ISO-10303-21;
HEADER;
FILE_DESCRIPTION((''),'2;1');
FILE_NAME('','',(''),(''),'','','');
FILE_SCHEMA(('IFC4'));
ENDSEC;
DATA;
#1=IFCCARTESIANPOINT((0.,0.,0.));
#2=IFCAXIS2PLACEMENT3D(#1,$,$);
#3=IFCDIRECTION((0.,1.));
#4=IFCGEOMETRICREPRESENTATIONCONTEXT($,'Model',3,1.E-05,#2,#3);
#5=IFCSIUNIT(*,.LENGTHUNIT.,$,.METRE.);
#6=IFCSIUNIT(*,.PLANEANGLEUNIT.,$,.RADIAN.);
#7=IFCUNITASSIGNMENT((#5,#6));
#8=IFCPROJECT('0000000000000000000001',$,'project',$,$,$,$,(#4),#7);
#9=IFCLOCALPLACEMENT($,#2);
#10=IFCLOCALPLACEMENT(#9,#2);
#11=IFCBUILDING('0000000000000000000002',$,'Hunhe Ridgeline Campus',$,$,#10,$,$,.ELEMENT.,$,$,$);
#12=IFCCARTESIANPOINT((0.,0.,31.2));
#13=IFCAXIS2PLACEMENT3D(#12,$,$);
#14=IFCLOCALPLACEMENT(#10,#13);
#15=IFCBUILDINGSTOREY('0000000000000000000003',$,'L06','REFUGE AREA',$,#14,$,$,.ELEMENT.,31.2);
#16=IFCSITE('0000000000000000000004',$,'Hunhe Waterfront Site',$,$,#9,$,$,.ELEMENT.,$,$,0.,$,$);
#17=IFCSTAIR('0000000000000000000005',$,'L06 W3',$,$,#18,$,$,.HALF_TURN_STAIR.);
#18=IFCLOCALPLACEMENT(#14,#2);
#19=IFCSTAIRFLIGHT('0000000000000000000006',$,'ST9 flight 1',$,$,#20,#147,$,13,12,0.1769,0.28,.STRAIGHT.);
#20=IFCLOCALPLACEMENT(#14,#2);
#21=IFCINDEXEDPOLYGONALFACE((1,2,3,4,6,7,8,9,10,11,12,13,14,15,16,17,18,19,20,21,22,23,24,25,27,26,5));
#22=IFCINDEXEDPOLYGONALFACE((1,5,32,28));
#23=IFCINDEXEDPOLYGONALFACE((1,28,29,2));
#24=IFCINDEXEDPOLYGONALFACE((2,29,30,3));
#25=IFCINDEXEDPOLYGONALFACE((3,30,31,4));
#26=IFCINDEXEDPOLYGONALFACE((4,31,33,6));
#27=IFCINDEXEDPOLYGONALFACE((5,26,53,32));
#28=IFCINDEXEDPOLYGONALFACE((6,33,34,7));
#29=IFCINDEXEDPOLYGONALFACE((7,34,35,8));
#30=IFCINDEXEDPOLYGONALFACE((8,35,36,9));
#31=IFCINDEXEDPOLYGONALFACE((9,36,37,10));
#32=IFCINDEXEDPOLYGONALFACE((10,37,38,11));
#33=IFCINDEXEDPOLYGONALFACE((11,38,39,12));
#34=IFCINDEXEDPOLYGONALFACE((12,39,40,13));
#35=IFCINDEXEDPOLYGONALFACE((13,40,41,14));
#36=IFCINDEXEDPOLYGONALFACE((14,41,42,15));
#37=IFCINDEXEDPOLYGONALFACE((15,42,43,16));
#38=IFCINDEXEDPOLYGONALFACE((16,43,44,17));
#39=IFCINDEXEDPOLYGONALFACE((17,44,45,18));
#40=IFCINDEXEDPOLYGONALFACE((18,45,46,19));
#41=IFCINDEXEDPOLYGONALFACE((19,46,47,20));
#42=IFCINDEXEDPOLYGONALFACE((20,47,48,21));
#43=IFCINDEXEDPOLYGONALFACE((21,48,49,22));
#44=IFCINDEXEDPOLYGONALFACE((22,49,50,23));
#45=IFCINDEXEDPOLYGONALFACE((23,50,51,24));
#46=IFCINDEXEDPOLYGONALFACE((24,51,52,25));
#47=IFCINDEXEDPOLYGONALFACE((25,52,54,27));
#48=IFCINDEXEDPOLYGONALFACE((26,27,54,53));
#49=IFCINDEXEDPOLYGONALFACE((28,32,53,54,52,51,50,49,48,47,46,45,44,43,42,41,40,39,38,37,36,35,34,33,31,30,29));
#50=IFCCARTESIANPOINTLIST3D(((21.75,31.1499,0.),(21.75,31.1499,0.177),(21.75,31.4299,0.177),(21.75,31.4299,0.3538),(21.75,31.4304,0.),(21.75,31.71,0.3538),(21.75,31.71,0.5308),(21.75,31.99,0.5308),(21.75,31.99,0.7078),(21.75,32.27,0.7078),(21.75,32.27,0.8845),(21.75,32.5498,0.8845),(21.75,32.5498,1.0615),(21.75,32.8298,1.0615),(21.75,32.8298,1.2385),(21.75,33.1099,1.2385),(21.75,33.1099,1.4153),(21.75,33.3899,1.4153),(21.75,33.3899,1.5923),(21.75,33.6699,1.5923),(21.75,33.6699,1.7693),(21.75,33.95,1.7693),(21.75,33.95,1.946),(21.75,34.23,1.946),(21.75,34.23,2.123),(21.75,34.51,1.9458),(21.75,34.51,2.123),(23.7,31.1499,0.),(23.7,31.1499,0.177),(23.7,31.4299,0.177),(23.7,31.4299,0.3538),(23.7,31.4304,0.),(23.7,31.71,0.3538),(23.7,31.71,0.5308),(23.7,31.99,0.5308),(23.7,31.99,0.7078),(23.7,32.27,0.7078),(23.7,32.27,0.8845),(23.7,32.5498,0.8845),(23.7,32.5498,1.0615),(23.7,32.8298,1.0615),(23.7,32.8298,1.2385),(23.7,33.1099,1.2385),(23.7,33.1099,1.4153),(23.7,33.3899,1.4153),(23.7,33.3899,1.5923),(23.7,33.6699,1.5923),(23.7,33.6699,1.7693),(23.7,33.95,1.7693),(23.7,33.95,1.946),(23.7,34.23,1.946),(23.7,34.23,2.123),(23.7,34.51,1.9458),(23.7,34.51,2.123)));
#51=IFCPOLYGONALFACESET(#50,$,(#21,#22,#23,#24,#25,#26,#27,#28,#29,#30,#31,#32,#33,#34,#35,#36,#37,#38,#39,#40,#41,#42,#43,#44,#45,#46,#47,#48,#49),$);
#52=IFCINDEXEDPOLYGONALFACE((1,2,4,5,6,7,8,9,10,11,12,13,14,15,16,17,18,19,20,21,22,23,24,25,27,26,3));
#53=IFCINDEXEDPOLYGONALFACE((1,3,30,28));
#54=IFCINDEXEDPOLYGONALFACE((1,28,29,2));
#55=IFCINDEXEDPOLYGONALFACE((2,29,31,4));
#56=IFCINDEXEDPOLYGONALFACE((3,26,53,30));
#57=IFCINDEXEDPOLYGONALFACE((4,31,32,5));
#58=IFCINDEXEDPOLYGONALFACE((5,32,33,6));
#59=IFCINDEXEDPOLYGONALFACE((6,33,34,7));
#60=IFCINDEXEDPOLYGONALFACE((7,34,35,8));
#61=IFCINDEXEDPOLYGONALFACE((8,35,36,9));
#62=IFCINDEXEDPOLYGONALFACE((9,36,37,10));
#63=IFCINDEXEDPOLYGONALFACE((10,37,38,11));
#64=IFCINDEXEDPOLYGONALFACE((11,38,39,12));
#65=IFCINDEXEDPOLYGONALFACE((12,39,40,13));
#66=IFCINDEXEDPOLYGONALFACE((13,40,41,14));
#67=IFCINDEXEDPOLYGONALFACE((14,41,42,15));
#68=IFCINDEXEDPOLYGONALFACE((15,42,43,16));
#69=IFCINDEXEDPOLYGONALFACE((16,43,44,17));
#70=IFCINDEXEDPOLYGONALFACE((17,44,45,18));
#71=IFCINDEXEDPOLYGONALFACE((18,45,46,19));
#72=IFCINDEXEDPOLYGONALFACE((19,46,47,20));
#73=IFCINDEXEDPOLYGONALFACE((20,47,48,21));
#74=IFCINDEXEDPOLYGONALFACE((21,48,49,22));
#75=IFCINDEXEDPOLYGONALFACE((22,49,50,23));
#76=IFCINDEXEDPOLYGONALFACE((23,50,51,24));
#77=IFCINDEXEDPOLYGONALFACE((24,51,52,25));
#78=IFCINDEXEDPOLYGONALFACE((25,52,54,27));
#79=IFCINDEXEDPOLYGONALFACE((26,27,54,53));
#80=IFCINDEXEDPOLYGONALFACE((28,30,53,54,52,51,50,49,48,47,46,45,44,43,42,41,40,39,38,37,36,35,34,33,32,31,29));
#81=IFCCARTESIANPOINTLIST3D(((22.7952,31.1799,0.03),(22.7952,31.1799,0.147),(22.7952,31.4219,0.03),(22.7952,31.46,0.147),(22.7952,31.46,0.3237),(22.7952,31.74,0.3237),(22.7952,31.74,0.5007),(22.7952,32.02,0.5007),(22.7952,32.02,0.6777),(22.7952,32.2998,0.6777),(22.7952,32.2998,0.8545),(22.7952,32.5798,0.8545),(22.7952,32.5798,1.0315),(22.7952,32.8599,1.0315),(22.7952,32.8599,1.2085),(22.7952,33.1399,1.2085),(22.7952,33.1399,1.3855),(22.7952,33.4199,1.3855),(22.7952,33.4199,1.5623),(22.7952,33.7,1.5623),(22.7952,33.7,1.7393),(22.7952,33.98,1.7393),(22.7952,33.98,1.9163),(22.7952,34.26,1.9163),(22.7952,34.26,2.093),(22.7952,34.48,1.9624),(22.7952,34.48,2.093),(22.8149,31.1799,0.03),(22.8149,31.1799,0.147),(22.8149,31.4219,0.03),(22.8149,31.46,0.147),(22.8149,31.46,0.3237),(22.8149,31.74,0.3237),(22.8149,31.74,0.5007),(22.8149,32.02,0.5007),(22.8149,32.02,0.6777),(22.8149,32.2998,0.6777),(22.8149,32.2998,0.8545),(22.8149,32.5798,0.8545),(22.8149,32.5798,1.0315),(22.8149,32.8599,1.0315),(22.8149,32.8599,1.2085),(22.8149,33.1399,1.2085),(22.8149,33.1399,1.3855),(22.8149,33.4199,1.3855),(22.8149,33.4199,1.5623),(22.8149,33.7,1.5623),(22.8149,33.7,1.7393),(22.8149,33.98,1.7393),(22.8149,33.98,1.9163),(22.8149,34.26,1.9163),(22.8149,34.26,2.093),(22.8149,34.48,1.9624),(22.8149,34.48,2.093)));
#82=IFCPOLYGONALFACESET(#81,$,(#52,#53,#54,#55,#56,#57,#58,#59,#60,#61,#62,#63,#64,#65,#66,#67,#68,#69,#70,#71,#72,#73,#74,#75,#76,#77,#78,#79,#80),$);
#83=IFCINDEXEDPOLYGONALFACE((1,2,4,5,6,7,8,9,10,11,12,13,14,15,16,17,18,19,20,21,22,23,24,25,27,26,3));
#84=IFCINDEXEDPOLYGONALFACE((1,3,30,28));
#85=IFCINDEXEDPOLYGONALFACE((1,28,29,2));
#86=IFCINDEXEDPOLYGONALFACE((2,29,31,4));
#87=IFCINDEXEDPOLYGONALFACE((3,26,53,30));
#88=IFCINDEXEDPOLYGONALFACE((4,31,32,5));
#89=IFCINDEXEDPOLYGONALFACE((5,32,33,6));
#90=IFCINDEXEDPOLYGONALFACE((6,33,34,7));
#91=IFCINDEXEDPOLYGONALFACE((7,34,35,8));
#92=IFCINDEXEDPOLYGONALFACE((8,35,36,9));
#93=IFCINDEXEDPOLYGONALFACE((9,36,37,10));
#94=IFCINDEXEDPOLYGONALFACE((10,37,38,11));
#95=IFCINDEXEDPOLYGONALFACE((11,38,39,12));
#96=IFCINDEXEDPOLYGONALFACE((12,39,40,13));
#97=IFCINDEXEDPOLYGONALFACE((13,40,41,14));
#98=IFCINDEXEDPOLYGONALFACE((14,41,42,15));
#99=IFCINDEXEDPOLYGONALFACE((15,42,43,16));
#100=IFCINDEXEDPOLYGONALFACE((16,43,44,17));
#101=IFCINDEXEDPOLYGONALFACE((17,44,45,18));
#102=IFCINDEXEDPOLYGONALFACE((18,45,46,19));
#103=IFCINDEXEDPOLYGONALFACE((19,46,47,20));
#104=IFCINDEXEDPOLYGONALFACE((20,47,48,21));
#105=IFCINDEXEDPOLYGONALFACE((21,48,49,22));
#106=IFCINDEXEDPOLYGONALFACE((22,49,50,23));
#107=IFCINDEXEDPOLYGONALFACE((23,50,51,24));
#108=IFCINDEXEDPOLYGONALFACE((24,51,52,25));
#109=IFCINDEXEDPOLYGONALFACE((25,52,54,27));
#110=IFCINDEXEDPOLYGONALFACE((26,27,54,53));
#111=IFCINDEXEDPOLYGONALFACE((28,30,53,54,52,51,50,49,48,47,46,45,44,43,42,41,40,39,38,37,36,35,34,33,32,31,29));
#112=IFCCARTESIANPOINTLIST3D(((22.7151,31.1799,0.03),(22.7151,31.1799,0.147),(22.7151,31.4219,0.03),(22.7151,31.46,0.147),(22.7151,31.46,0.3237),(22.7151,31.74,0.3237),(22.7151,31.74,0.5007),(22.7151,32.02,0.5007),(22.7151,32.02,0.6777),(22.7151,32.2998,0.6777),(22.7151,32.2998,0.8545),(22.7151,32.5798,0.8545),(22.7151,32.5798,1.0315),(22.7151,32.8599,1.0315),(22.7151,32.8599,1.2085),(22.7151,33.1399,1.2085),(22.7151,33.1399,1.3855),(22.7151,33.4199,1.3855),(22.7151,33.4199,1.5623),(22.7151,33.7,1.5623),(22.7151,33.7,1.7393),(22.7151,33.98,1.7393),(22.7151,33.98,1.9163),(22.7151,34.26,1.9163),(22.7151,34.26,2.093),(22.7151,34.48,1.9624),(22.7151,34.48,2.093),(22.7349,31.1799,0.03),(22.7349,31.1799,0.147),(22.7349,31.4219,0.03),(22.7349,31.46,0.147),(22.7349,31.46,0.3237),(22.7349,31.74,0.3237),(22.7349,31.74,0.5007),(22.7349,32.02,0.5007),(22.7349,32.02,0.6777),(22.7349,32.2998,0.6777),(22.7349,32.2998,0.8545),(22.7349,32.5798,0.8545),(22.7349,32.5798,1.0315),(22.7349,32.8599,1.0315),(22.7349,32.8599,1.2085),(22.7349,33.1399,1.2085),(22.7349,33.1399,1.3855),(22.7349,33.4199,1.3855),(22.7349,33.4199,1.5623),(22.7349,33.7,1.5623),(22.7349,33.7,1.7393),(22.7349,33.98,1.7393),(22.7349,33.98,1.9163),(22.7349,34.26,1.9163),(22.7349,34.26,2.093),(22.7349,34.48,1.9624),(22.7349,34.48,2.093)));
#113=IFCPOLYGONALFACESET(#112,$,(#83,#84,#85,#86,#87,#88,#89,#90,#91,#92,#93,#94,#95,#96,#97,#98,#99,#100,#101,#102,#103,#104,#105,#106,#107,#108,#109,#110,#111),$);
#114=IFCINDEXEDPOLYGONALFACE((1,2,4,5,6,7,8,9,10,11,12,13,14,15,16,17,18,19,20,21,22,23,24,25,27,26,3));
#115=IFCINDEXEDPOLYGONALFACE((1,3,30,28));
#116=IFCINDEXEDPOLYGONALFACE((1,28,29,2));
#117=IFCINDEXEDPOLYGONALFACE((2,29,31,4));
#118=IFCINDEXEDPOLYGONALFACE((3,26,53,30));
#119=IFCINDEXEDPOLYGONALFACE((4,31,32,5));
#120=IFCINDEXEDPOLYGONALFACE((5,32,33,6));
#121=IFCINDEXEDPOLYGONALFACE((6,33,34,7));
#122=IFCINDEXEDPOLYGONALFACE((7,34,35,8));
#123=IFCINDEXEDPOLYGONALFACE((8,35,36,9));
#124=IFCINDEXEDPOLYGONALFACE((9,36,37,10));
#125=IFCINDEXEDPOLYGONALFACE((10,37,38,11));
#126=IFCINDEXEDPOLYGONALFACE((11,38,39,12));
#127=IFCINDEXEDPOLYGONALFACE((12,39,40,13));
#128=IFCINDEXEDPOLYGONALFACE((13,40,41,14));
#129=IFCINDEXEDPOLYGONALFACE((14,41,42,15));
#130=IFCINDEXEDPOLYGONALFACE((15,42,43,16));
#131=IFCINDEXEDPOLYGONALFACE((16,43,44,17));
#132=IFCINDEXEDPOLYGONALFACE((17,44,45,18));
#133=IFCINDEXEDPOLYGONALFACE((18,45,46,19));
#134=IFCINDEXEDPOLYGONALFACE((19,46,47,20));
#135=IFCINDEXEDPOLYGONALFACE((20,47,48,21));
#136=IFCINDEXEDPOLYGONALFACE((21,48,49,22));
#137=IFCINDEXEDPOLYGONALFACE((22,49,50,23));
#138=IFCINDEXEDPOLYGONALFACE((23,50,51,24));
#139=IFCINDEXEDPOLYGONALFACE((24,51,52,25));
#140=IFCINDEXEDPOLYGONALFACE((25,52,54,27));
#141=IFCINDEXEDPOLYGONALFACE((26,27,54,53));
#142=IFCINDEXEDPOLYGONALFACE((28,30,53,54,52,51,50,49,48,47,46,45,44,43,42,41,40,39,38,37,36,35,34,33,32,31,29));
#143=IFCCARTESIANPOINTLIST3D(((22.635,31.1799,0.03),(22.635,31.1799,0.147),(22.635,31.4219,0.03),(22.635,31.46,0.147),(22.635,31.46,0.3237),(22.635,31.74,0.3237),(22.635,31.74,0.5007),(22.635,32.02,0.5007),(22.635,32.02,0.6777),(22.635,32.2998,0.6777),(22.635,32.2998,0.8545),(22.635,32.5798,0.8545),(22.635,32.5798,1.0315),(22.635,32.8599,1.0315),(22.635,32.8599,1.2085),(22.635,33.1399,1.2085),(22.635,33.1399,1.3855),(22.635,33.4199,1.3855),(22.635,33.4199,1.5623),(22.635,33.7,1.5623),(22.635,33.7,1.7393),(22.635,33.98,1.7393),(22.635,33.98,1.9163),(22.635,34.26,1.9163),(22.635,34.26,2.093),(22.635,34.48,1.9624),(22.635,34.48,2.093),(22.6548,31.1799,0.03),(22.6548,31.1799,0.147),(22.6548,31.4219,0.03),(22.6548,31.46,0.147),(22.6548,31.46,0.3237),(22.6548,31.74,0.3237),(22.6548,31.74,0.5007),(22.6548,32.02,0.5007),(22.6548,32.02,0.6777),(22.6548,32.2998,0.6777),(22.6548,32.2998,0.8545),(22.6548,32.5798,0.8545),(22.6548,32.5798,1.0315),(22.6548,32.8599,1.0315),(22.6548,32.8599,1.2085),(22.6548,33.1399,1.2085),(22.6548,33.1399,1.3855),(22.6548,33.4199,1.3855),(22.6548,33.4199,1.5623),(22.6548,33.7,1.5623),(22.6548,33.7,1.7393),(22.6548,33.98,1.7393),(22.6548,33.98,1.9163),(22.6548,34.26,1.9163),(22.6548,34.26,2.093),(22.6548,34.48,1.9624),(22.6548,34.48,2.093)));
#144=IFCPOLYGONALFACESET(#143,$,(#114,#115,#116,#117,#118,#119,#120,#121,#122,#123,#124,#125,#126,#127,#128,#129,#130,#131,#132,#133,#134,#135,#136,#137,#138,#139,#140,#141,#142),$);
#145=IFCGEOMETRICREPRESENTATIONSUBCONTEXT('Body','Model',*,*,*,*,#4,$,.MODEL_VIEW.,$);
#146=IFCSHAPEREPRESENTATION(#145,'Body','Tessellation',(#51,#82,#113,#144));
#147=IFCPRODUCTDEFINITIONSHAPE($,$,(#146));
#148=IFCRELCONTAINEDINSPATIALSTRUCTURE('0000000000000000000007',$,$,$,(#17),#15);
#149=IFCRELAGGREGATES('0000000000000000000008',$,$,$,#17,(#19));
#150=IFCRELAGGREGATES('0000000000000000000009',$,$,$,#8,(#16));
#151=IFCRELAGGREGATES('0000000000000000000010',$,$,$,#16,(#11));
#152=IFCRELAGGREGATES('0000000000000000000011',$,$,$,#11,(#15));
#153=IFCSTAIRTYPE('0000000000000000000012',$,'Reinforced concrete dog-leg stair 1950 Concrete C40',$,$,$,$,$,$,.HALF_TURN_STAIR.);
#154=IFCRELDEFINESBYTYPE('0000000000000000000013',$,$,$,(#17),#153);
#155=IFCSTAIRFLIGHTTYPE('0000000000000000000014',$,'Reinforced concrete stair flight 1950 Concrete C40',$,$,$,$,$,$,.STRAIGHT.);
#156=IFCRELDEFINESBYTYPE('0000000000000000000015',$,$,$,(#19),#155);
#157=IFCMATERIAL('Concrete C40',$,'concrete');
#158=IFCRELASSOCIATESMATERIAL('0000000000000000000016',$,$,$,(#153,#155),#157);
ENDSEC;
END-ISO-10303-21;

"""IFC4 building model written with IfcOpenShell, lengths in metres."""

from ifc_helpers import new_model, si_unit, direction, frame, origin, place, context, subcontext, project, spatial, polyline, outline, extrude, material, type_object, element, aggregate, save


model = new_model("IFC4")

# Units and contexts
model_context = context("Model", 3, precision=1e-05, world=origin(), true_north=direction((0.0, 1.0)))
body_context = subcontext(model_context, "Body", "Model", "MODEL_VIEW")
ifc_project = project(units=[si_unit("LENGTHUNIT", "METRE"), si_unit("PLANEANGLEUNIT", "RADIAN")], contexts=[model_context])

# Site, building, storey
site_placement = place(None, origin())
site = spatial("IfcSite", under=ifc_project, at=site_placement, Name="Hunhe Waterfront Site", CompositionType="ELEMENT", RefElevation=0.0)
building_placement = place(site_placement, origin())
building = spatial("IfcBuilding", under=site, at=building_placement, Name="Hunhe Ridgeline Campus", CompositionType="ELEMENT")
storey_placement = place(building_placement, frame((0.0, 0.0, 31.2)))
storey = spatial("IfcBuildingStorey", under=building, at=storey_placement, Name="L06", Description="REFUGE AREA", CompositionType="ELEMENT", Elevation=31.2)

# Stair, stair flight
ifc_material_1 = material(Name="Concrete C40", Category="concrete")
stair_type = type_object("IfcStairType", Name="Reinforced concrete dog-leg stair 1950 Concrete C40", PredefinedType="HALF_TURN_STAIR", material=ifc_material_1)
stair_placement = place(storey_placement, origin())
stair = element("IfcStair", 1, at=stair_placement, inside=storey, type_object=stair_type, Name="L06 W3", PredefinedType="HALF_TURN_STAIR")
stair_flight_type = type_object("IfcStairFlightType", Name="Reinforced concrete stair flight 1950 Concrete C40", PredefinedType="STRAIGHT", material=ifc_material_1)
stair_flight_1_placement = place(storey_placement, frame((22.7251, 31.1499, 0.0), z_axis=(0.0, 0.0, 1.0), x_axis=(0.0, 1.0, 0.0)))
stair_flight_1 = element("IfcStairFlight", 2, at=stair_flight_1_placement, type_object=stair_flight_type, Name="ST9 flight 1", NumberOfRisers=13, NumberOfTreads=12, PredefinedType="STRAIGHT", RiserHeight=0.1769, TreadLength=0.28, context=body_context, shape_type="SweptSolid", body=[
    extrude(outline(polyline([(0.0, 0.0), (0.0, 0.177), (0.28, 0.177), (0.28, 0.3538), (0.5601, 0.3538), (0.5601, 0.5308), (0.8401, 0.5308), (0.8401, 0.7078), (1.1201, 0.7078), (1.1201, 0.8845), (1.3999, 0.8845), (1.3999, 1.0615), (1.6799, 1.0615), (1.6799, 1.2385), (1.96, 1.2385), (1.96, 1.4153), (2.24, 1.4153), (2.24, 1.5923), (2.52, 1.5923), (2.52, 1.7693), (2.8, 1.7693), (2.8, 1.946), (3.0801, 1.946), (3.0801, 2.123), (3.3601, 2.123), (3.3601, 2.3), (3.3601, 1.9458), (0.2805, 0.0), (0.0, 0.0)])), frame((0.0, 0.9751, 0.0), z_axis=(0.0, -1.0, 0.0), x_axis=(1.0, 0.0, 0.0)), (0.0, 0.0, 1.0), 1.95),
    extrude(outline(polyline([(0.03, 0.03), (0.03, 0.147), (0.3101, 0.147), (0.3101, 0.3237), (0.5901, 0.3237), (0.5901, 0.5007), (0.8701, 0.5007), (0.8701, 0.6777), (1.1499, 0.6777), (1.1499, 0.8545), (1.4299, 0.8545), (1.4299, 1.0315), (1.71, 1.0315), (1.71, 1.2085), (1.99, 1.2085), (1.99, 1.3855), (2.27, 1.3855), (2.27, 1.5623), (2.55, 1.5623), (2.55, 1.7393), (2.8301, 1.7393), (2.8301, 1.9163), (3.1101, 1.9163), (3.1101, 2.093), (3.3301, 2.093), (3.3301, 1.9624), (0.272, 0.03), (0.03, 0.03)])), frame((0.0, -0.0701, 0.0), z_axis=(0.0, -1.0, 0.0), x_axis=(1.0, 0.0, 0.0)), (0.0, 0.0, 1.0), 0.0198),
    extrude(outline(polyline([(0.03, 0.03), (0.03, 0.147), (0.3101, 0.147), (0.3101, 0.3237), (0.5901, 0.3237), (0.5901, 0.5007), (0.8701, 0.5007), (0.8701, 0.6777), (1.1499, 0.6777), (1.1499, 0.8545), (1.4299, 0.8545), (1.4299, 1.0315), (1.71, 1.0315), (1.71, 1.2085), (1.99, 1.2085), (1.99, 1.3855), (2.27, 1.3855), (2.27, 1.5623), (2.55, 1.5623), (2.55, 1.7393), (2.8301, 1.7393), (2.8301, 1.9163), (3.1101, 1.9163), (3.1101, 2.093), (3.3301, 2.093), (3.3301, 1.9624), (0.272, 0.03), (0.03, 0.03)])), frame((0.0, 0.01, 0.0), z_axis=(0.0, -1.0, 0.0), x_axis=(1.0, 0.0, 0.0)), (0.0, 0.0, 1.0), 0.0198),
    extrude(outline(polyline([(0.03, 0.03), (0.03, 0.147), (0.3101, 0.147), (0.3101, 0.3237), (0.5901, 0.3237), (0.5901, 0.5007), (0.8701, 0.5007), (0.8701, 0.6777), (1.1499, 0.6777), (1.1499, 0.8545), (1.4299, 0.8545), (1.4299, 1.0315), (1.71, 1.0315), (1.71, 1.2085), (1.99, 1.2085), (1.99, 1.3855), (2.27, 1.3855), (2.27, 1.5623), (2.55, 1.5623), (2.55, 1.7393), (2.8301, 1.7393), (2.8301, 1.9163), (3.1101, 1.9163), (3.1101, 2.093), (3.3301, 2.093), (3.3301, 1.9624), (0.272, 0.03), (0.03, 0.03)])), frame((0.0, 0.0901, 0.0), z_axis=(0.0, -1.0, 0.0), x_axis=(1.0, 0.0, 0.0)), (0.0, 0.0, 1.0), 0.0198),
])
aggregate(stair, [stair_flight_1])

save(model, "model.ifc")
